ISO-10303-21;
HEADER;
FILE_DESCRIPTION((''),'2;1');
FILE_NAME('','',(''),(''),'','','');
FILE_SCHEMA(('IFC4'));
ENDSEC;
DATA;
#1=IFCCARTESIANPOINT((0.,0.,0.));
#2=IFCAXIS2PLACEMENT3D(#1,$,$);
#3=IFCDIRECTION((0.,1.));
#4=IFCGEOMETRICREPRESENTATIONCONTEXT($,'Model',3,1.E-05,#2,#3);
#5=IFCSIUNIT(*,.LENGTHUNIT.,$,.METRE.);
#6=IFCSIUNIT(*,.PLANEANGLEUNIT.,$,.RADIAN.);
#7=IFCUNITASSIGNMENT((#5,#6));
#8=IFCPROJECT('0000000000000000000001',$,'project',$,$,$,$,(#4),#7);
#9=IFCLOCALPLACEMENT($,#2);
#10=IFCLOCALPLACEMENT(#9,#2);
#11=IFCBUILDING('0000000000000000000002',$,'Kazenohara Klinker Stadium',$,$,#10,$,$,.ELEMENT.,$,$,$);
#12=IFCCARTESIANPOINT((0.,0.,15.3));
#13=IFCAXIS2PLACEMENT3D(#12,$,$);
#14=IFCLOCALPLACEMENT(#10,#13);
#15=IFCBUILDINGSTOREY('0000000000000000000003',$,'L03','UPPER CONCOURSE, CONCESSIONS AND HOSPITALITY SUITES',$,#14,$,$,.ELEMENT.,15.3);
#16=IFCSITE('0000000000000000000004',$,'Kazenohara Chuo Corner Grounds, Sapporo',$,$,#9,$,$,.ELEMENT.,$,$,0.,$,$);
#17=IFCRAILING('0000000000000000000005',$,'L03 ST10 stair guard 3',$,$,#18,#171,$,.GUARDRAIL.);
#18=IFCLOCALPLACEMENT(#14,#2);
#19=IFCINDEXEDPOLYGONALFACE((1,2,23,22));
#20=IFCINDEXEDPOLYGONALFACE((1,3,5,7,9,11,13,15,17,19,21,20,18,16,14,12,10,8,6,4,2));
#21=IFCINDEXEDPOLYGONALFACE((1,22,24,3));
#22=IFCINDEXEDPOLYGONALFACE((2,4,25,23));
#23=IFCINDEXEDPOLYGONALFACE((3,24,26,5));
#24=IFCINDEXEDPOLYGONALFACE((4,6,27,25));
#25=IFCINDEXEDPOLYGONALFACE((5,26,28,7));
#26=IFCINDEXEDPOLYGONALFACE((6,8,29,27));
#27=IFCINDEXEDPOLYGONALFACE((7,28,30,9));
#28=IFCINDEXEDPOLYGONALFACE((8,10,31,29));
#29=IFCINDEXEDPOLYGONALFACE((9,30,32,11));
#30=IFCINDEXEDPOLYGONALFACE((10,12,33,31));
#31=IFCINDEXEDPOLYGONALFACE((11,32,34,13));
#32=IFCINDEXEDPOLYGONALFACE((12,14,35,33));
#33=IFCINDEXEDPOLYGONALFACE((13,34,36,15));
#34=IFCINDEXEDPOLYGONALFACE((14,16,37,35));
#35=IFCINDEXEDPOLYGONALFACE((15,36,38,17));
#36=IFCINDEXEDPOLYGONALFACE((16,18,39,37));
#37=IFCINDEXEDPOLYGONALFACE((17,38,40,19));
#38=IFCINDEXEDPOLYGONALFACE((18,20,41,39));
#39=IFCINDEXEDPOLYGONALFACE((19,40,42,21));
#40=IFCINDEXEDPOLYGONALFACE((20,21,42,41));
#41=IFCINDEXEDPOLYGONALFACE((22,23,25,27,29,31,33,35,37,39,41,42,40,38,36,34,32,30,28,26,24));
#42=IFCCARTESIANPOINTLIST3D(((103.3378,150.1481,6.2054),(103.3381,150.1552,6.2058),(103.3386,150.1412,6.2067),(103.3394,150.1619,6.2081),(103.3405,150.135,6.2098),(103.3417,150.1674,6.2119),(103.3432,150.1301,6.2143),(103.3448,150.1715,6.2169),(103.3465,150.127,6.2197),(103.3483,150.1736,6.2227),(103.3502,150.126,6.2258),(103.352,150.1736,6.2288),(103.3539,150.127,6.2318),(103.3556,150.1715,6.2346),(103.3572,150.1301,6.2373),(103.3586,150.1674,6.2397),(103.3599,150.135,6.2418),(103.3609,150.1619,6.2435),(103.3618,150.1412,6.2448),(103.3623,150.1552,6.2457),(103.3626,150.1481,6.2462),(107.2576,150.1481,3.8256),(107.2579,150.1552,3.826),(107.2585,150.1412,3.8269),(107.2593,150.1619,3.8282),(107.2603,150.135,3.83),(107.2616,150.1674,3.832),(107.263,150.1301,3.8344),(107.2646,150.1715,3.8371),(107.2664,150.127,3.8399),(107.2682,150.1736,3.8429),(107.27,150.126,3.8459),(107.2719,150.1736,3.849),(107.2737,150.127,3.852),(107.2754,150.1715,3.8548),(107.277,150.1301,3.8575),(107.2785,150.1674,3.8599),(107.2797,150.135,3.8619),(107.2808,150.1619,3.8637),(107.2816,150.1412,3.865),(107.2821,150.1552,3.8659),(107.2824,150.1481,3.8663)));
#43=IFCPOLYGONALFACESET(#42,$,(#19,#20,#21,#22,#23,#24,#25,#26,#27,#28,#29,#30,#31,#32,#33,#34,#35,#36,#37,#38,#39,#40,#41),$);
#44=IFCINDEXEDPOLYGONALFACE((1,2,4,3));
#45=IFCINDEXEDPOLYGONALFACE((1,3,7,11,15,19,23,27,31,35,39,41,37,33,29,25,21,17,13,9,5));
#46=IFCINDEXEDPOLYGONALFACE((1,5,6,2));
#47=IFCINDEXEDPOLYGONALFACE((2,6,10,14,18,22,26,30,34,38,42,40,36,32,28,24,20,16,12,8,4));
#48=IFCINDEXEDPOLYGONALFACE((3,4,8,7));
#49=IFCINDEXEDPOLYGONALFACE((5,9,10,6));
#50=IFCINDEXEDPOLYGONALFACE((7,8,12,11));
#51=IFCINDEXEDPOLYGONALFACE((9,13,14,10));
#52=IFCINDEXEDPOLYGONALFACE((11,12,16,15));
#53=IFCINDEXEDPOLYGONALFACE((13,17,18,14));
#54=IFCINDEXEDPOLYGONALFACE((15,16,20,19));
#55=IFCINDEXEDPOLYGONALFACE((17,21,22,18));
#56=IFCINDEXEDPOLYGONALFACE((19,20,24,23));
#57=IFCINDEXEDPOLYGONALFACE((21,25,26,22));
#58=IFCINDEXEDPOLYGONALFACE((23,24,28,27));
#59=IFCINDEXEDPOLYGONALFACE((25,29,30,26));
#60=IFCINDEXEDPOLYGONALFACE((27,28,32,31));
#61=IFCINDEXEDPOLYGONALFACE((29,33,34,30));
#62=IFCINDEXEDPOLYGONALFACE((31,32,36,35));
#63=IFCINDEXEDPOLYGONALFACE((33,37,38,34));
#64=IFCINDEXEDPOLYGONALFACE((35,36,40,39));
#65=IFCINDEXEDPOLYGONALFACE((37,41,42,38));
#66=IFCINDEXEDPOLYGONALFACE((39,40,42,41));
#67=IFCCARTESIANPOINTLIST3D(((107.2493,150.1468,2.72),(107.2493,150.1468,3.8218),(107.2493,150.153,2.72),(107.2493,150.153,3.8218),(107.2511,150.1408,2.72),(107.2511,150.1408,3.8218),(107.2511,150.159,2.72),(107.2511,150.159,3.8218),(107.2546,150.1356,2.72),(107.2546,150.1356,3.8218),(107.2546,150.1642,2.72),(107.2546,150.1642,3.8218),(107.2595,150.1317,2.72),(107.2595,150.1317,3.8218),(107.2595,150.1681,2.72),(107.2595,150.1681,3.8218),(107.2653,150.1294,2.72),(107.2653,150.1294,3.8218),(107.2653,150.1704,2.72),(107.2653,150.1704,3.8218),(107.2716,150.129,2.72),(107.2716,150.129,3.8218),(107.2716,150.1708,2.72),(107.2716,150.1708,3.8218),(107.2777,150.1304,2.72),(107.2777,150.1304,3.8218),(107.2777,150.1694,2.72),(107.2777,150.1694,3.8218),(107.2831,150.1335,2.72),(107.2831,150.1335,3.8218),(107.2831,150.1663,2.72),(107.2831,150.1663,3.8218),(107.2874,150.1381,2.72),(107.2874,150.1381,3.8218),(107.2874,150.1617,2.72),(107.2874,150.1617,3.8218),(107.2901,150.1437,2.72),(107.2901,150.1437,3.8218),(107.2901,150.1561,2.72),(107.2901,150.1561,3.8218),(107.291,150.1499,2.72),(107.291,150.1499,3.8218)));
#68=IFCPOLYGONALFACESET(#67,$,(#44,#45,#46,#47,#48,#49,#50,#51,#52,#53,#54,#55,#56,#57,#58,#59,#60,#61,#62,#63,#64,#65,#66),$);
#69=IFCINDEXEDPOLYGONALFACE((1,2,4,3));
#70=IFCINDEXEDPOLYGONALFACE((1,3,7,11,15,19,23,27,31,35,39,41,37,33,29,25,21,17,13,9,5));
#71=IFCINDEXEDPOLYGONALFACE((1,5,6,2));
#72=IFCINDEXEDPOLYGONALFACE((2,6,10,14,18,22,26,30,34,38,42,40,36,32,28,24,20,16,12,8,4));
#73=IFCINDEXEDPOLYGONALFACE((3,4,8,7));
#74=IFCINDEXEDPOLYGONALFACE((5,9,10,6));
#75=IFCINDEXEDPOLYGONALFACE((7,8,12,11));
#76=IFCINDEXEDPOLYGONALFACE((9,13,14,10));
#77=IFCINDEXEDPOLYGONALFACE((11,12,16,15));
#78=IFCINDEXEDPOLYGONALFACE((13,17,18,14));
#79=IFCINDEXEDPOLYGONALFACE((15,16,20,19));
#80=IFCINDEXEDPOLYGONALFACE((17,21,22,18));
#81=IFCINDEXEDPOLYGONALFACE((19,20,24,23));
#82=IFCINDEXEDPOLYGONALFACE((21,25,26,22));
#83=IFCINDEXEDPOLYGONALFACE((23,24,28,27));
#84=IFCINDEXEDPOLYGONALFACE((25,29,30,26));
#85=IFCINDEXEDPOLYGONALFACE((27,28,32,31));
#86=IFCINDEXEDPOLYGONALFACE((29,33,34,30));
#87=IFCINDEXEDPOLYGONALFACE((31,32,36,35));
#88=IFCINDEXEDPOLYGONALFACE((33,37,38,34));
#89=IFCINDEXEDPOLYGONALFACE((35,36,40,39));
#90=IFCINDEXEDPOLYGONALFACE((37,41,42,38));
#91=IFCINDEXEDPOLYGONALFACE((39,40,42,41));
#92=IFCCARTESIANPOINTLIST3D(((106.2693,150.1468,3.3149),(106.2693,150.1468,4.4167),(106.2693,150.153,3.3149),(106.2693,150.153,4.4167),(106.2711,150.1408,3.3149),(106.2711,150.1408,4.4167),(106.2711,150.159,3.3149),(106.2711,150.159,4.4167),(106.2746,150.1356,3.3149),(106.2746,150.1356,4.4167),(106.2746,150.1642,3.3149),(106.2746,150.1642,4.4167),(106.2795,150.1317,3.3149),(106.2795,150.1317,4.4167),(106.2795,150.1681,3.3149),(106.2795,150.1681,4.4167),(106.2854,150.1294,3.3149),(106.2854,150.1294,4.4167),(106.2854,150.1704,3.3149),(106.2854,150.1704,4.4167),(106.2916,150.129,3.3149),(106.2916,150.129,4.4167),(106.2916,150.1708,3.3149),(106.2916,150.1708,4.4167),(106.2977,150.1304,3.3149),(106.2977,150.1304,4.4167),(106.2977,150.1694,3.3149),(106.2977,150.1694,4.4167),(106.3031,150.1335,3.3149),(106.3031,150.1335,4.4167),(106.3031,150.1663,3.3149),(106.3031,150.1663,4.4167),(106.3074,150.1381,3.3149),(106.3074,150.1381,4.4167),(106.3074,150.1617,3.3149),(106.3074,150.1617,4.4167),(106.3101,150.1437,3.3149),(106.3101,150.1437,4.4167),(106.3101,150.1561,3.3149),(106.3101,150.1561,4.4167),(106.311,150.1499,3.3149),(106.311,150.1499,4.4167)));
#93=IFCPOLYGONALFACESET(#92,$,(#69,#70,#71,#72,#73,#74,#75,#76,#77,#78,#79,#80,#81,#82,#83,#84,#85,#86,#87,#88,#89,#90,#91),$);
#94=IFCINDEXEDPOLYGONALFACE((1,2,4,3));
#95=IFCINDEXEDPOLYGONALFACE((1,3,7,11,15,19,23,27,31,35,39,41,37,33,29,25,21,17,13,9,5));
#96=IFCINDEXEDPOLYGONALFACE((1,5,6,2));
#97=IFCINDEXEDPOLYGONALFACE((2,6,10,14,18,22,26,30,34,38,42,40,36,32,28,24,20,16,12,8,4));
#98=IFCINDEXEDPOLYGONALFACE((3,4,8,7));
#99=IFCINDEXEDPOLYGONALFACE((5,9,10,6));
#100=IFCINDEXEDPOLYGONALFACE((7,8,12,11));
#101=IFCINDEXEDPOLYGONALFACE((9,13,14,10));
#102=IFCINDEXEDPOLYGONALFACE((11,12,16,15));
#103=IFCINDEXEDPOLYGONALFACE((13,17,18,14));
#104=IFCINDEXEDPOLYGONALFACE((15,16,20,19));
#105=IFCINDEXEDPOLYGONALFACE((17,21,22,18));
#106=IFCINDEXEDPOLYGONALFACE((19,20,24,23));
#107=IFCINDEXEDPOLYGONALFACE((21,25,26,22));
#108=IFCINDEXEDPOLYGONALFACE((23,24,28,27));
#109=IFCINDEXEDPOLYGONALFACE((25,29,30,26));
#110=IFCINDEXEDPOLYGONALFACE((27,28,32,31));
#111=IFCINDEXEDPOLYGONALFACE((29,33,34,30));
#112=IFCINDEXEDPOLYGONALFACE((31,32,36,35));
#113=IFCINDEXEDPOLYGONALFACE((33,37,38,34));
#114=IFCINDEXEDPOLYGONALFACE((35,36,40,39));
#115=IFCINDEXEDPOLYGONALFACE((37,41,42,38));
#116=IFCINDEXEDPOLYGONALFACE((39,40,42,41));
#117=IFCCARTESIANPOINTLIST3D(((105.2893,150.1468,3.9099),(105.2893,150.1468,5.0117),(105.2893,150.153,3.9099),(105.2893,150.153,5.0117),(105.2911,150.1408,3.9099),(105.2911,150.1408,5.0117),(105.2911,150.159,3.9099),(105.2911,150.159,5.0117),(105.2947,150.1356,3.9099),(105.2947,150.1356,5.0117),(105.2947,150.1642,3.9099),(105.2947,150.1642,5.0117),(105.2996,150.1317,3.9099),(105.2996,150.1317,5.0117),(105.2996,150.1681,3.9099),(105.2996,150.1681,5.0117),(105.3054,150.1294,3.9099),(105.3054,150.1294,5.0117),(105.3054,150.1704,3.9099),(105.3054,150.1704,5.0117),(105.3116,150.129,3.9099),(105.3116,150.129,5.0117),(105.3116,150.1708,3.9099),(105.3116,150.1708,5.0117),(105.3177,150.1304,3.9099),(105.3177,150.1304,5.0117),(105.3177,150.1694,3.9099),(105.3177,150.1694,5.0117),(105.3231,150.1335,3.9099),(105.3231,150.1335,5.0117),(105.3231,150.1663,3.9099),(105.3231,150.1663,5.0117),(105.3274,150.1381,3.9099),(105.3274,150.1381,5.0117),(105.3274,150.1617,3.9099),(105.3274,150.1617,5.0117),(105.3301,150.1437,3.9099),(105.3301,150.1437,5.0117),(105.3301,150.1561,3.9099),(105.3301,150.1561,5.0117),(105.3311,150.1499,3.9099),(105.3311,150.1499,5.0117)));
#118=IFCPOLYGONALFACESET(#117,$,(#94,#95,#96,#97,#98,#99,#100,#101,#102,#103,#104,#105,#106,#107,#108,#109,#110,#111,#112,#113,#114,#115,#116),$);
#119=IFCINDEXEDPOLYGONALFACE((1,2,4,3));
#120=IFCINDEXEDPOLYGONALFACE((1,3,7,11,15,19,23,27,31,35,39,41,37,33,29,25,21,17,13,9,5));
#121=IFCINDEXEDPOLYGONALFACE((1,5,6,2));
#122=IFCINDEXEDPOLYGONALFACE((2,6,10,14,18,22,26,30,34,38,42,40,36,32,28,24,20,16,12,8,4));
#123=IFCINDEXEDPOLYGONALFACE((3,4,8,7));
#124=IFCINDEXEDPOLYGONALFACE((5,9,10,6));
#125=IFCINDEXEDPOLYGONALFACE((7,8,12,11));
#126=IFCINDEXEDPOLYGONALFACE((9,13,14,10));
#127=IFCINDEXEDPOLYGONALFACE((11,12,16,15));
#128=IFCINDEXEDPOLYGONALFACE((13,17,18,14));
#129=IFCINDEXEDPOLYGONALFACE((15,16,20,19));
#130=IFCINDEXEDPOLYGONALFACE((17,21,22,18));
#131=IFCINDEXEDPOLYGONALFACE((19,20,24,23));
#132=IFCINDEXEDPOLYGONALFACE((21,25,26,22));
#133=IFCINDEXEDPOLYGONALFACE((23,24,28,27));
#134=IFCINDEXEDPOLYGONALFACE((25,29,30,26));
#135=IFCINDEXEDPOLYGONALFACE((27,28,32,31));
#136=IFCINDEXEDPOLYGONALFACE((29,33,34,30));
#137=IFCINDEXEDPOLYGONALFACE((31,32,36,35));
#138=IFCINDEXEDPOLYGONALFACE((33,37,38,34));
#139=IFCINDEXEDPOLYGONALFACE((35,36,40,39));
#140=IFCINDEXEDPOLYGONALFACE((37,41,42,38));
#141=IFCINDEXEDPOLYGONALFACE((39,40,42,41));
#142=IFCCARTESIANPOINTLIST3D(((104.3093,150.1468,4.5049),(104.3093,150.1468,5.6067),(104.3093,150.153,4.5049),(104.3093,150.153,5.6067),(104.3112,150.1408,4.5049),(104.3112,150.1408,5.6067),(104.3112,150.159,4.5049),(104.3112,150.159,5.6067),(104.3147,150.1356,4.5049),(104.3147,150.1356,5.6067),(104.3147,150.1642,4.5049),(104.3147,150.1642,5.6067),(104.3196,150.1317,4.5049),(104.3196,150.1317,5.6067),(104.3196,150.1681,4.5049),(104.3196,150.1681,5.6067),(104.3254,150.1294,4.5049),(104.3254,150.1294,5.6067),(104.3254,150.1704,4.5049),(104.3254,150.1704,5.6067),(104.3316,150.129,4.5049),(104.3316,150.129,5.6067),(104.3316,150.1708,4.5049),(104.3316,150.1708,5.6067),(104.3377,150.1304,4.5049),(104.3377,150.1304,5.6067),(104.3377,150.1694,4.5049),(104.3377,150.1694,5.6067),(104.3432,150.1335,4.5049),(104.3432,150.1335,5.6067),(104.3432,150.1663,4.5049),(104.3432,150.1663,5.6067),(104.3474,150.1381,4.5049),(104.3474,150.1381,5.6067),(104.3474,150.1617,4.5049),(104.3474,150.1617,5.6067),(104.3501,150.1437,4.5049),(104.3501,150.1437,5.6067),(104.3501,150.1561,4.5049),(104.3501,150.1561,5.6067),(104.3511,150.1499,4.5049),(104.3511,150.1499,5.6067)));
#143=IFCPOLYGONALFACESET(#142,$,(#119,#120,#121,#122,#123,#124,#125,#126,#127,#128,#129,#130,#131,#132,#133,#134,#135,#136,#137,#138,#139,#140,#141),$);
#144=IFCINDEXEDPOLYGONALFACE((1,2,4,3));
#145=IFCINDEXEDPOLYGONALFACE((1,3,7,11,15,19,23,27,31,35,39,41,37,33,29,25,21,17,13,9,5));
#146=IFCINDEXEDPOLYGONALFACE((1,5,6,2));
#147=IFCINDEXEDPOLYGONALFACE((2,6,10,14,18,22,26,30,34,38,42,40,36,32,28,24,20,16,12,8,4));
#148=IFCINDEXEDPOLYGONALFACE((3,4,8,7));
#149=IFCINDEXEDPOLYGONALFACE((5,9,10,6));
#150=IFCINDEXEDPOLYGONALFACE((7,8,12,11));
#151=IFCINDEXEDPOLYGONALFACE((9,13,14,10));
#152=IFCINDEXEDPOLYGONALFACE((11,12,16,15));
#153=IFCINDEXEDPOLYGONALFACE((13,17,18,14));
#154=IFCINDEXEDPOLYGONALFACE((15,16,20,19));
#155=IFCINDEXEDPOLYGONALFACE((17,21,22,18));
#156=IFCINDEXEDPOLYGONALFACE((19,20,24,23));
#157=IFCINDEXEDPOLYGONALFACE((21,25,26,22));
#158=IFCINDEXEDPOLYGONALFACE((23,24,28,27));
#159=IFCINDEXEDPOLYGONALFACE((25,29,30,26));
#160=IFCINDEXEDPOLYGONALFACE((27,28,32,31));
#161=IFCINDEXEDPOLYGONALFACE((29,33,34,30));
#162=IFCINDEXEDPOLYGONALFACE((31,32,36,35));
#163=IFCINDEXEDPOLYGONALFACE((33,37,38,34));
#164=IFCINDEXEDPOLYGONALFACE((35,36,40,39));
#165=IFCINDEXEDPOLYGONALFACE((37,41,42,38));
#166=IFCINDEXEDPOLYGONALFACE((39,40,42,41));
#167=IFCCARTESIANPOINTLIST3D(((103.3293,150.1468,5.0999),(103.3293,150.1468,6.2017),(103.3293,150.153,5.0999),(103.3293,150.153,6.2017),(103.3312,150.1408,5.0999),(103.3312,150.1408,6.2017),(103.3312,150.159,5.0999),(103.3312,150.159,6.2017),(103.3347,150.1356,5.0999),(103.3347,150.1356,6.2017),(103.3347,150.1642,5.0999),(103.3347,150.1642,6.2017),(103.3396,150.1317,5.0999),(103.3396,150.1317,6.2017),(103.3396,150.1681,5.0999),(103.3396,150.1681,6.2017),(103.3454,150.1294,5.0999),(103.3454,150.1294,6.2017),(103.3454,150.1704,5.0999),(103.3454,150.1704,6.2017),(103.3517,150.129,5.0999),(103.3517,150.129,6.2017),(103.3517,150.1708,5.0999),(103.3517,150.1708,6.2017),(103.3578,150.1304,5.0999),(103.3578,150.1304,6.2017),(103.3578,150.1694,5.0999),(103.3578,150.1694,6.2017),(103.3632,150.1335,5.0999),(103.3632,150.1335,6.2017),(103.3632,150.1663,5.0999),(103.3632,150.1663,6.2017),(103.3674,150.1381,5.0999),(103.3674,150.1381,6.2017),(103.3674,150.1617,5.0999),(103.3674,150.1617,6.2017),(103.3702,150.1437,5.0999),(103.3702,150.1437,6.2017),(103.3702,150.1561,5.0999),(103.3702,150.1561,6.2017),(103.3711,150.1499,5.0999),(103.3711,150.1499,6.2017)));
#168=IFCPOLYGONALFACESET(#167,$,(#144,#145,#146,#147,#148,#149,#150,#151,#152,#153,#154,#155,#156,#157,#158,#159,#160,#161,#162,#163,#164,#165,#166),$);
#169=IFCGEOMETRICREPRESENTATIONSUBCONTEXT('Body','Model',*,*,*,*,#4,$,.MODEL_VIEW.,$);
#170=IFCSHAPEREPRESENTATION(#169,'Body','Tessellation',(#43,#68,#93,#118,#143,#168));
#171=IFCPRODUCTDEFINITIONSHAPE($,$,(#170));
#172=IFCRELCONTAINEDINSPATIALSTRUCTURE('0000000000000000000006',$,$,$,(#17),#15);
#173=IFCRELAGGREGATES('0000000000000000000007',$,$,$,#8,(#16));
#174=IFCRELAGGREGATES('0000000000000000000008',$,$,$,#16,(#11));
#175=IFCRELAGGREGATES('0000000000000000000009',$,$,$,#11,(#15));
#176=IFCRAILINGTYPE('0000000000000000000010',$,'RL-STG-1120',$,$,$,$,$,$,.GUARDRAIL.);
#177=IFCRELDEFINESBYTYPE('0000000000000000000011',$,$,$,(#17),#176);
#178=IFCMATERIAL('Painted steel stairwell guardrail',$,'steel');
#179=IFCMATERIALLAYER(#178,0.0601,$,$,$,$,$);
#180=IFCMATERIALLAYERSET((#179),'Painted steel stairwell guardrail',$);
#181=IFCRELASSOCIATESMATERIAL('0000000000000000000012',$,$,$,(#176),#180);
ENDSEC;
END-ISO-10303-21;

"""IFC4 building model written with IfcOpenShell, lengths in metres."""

from ifc_helpers import new_model, si_unit, direction, frame, origin, origin_2d, place, context, subcontext, project, spatial, circle, extrude, material, layer, layer_set, type_object, element, save


model = new_model("IFC4")

# Units and contexts
model_context = context("Model", 3, precision=1e-05, world=origin(), true_north=direction((0.0, 1.0)))
body_context = subcontext(model_context, "Body", "Model", "MODEL_VIEW")
ifc_project = project(units=[si_unit("LENGTHUNIT", "METRE"), si_unit("PLANEANGLEUNIT", "RADIAN")], contexts=[model_context])

# Site, building, storey
site_placement = place(None, origin())
site = spatial("IfcSite", under=ifc_project, at=site_placement, Name="Kazenohara Chuo Corner Grounds, Sapporo", CompositionType="ELEMENT", RefElevation=0.0)
building_placement = place(site_placement, origin())
building = spatial("IfcBuilding", under=site, at=building_placement, Name="Kazenohara Klinker Stadium", CompositionType="ELEMENT")
storey_placement = place(building_placement, frame((0.0, 0.0, 15.3)))
storey = spatial("IfcBuildingStorey", under=building, at=storey_placement, Name="L03", Description="UPPER CONCOURSE, CONCESSIONS AND HOSPITALITY SUITES", CompositionType="ELEMENT", Elevation=15.3)

# Railing
ifc_material_1 = material(Name="Painted steel stairwell guardrail", Category="steel")
ifc_layer_1 = layer(ifc_material_1, 0.0601)
ifc_layer_set_1 = layer_set([ifc_layer_1], Name="Painted steel stairwell guardrail")
railing_type_1 = type_object("IfcRailingType", Name="RL-STG-1120", PredefinedType="GUARDRAIL", material=ifc_layer_set_1)
railing_1_placement = place(storey_placement, frame((107.27, 150.1499, 2.72)))
element("IfcRailing", 1, at=railing_1_placement, inside=storey, type_object=railing_type_1, Name="L03 ST10 stair guard 3", PredefinedType="GUARDRAIL", context=body_context, shape_type="SweptSolid", body=[
    extrude(circle(Radius=0.0239, at=origin_2d()), frame((0.0, 0.0, 1.126), z_axis=(-0.854794, 0.0, 0.518967), x_axis=(0.0, -1.0, 0.0)), (0.0, 0.0, 1.0), 4.5857),
    extrude(circle(Radius=0.021, at=origin_2d()), origin(), (0.0, 0.0, 1.0), 1.1018),
    extrude(circle(Radius=0.021, at=origin_2d()), frame((-0.98, 0.0, 0.595)), (0.0, 0.0, 1.0), 1.1018),
    extrude(circle(Radius=0.021, at=origin_2d()), frame((-1.96, 0.0, 1.1899)), (0.0, 0.0, 1.0), 1.1018),
    extrude(circle(Radius=0.021, at=origin_2d()), frame((-2.9399, 0.0, 1.7849)), (0.0, 0.0, 1.0), 1.1018),
    extrude(circle(Radius=0.021, at=origin_2d()), frame((-3.9199, 0.0, 2.3799)), (0.0, 0.0, 1.0), 1.1018),
])

save(model, "model.ifc")
